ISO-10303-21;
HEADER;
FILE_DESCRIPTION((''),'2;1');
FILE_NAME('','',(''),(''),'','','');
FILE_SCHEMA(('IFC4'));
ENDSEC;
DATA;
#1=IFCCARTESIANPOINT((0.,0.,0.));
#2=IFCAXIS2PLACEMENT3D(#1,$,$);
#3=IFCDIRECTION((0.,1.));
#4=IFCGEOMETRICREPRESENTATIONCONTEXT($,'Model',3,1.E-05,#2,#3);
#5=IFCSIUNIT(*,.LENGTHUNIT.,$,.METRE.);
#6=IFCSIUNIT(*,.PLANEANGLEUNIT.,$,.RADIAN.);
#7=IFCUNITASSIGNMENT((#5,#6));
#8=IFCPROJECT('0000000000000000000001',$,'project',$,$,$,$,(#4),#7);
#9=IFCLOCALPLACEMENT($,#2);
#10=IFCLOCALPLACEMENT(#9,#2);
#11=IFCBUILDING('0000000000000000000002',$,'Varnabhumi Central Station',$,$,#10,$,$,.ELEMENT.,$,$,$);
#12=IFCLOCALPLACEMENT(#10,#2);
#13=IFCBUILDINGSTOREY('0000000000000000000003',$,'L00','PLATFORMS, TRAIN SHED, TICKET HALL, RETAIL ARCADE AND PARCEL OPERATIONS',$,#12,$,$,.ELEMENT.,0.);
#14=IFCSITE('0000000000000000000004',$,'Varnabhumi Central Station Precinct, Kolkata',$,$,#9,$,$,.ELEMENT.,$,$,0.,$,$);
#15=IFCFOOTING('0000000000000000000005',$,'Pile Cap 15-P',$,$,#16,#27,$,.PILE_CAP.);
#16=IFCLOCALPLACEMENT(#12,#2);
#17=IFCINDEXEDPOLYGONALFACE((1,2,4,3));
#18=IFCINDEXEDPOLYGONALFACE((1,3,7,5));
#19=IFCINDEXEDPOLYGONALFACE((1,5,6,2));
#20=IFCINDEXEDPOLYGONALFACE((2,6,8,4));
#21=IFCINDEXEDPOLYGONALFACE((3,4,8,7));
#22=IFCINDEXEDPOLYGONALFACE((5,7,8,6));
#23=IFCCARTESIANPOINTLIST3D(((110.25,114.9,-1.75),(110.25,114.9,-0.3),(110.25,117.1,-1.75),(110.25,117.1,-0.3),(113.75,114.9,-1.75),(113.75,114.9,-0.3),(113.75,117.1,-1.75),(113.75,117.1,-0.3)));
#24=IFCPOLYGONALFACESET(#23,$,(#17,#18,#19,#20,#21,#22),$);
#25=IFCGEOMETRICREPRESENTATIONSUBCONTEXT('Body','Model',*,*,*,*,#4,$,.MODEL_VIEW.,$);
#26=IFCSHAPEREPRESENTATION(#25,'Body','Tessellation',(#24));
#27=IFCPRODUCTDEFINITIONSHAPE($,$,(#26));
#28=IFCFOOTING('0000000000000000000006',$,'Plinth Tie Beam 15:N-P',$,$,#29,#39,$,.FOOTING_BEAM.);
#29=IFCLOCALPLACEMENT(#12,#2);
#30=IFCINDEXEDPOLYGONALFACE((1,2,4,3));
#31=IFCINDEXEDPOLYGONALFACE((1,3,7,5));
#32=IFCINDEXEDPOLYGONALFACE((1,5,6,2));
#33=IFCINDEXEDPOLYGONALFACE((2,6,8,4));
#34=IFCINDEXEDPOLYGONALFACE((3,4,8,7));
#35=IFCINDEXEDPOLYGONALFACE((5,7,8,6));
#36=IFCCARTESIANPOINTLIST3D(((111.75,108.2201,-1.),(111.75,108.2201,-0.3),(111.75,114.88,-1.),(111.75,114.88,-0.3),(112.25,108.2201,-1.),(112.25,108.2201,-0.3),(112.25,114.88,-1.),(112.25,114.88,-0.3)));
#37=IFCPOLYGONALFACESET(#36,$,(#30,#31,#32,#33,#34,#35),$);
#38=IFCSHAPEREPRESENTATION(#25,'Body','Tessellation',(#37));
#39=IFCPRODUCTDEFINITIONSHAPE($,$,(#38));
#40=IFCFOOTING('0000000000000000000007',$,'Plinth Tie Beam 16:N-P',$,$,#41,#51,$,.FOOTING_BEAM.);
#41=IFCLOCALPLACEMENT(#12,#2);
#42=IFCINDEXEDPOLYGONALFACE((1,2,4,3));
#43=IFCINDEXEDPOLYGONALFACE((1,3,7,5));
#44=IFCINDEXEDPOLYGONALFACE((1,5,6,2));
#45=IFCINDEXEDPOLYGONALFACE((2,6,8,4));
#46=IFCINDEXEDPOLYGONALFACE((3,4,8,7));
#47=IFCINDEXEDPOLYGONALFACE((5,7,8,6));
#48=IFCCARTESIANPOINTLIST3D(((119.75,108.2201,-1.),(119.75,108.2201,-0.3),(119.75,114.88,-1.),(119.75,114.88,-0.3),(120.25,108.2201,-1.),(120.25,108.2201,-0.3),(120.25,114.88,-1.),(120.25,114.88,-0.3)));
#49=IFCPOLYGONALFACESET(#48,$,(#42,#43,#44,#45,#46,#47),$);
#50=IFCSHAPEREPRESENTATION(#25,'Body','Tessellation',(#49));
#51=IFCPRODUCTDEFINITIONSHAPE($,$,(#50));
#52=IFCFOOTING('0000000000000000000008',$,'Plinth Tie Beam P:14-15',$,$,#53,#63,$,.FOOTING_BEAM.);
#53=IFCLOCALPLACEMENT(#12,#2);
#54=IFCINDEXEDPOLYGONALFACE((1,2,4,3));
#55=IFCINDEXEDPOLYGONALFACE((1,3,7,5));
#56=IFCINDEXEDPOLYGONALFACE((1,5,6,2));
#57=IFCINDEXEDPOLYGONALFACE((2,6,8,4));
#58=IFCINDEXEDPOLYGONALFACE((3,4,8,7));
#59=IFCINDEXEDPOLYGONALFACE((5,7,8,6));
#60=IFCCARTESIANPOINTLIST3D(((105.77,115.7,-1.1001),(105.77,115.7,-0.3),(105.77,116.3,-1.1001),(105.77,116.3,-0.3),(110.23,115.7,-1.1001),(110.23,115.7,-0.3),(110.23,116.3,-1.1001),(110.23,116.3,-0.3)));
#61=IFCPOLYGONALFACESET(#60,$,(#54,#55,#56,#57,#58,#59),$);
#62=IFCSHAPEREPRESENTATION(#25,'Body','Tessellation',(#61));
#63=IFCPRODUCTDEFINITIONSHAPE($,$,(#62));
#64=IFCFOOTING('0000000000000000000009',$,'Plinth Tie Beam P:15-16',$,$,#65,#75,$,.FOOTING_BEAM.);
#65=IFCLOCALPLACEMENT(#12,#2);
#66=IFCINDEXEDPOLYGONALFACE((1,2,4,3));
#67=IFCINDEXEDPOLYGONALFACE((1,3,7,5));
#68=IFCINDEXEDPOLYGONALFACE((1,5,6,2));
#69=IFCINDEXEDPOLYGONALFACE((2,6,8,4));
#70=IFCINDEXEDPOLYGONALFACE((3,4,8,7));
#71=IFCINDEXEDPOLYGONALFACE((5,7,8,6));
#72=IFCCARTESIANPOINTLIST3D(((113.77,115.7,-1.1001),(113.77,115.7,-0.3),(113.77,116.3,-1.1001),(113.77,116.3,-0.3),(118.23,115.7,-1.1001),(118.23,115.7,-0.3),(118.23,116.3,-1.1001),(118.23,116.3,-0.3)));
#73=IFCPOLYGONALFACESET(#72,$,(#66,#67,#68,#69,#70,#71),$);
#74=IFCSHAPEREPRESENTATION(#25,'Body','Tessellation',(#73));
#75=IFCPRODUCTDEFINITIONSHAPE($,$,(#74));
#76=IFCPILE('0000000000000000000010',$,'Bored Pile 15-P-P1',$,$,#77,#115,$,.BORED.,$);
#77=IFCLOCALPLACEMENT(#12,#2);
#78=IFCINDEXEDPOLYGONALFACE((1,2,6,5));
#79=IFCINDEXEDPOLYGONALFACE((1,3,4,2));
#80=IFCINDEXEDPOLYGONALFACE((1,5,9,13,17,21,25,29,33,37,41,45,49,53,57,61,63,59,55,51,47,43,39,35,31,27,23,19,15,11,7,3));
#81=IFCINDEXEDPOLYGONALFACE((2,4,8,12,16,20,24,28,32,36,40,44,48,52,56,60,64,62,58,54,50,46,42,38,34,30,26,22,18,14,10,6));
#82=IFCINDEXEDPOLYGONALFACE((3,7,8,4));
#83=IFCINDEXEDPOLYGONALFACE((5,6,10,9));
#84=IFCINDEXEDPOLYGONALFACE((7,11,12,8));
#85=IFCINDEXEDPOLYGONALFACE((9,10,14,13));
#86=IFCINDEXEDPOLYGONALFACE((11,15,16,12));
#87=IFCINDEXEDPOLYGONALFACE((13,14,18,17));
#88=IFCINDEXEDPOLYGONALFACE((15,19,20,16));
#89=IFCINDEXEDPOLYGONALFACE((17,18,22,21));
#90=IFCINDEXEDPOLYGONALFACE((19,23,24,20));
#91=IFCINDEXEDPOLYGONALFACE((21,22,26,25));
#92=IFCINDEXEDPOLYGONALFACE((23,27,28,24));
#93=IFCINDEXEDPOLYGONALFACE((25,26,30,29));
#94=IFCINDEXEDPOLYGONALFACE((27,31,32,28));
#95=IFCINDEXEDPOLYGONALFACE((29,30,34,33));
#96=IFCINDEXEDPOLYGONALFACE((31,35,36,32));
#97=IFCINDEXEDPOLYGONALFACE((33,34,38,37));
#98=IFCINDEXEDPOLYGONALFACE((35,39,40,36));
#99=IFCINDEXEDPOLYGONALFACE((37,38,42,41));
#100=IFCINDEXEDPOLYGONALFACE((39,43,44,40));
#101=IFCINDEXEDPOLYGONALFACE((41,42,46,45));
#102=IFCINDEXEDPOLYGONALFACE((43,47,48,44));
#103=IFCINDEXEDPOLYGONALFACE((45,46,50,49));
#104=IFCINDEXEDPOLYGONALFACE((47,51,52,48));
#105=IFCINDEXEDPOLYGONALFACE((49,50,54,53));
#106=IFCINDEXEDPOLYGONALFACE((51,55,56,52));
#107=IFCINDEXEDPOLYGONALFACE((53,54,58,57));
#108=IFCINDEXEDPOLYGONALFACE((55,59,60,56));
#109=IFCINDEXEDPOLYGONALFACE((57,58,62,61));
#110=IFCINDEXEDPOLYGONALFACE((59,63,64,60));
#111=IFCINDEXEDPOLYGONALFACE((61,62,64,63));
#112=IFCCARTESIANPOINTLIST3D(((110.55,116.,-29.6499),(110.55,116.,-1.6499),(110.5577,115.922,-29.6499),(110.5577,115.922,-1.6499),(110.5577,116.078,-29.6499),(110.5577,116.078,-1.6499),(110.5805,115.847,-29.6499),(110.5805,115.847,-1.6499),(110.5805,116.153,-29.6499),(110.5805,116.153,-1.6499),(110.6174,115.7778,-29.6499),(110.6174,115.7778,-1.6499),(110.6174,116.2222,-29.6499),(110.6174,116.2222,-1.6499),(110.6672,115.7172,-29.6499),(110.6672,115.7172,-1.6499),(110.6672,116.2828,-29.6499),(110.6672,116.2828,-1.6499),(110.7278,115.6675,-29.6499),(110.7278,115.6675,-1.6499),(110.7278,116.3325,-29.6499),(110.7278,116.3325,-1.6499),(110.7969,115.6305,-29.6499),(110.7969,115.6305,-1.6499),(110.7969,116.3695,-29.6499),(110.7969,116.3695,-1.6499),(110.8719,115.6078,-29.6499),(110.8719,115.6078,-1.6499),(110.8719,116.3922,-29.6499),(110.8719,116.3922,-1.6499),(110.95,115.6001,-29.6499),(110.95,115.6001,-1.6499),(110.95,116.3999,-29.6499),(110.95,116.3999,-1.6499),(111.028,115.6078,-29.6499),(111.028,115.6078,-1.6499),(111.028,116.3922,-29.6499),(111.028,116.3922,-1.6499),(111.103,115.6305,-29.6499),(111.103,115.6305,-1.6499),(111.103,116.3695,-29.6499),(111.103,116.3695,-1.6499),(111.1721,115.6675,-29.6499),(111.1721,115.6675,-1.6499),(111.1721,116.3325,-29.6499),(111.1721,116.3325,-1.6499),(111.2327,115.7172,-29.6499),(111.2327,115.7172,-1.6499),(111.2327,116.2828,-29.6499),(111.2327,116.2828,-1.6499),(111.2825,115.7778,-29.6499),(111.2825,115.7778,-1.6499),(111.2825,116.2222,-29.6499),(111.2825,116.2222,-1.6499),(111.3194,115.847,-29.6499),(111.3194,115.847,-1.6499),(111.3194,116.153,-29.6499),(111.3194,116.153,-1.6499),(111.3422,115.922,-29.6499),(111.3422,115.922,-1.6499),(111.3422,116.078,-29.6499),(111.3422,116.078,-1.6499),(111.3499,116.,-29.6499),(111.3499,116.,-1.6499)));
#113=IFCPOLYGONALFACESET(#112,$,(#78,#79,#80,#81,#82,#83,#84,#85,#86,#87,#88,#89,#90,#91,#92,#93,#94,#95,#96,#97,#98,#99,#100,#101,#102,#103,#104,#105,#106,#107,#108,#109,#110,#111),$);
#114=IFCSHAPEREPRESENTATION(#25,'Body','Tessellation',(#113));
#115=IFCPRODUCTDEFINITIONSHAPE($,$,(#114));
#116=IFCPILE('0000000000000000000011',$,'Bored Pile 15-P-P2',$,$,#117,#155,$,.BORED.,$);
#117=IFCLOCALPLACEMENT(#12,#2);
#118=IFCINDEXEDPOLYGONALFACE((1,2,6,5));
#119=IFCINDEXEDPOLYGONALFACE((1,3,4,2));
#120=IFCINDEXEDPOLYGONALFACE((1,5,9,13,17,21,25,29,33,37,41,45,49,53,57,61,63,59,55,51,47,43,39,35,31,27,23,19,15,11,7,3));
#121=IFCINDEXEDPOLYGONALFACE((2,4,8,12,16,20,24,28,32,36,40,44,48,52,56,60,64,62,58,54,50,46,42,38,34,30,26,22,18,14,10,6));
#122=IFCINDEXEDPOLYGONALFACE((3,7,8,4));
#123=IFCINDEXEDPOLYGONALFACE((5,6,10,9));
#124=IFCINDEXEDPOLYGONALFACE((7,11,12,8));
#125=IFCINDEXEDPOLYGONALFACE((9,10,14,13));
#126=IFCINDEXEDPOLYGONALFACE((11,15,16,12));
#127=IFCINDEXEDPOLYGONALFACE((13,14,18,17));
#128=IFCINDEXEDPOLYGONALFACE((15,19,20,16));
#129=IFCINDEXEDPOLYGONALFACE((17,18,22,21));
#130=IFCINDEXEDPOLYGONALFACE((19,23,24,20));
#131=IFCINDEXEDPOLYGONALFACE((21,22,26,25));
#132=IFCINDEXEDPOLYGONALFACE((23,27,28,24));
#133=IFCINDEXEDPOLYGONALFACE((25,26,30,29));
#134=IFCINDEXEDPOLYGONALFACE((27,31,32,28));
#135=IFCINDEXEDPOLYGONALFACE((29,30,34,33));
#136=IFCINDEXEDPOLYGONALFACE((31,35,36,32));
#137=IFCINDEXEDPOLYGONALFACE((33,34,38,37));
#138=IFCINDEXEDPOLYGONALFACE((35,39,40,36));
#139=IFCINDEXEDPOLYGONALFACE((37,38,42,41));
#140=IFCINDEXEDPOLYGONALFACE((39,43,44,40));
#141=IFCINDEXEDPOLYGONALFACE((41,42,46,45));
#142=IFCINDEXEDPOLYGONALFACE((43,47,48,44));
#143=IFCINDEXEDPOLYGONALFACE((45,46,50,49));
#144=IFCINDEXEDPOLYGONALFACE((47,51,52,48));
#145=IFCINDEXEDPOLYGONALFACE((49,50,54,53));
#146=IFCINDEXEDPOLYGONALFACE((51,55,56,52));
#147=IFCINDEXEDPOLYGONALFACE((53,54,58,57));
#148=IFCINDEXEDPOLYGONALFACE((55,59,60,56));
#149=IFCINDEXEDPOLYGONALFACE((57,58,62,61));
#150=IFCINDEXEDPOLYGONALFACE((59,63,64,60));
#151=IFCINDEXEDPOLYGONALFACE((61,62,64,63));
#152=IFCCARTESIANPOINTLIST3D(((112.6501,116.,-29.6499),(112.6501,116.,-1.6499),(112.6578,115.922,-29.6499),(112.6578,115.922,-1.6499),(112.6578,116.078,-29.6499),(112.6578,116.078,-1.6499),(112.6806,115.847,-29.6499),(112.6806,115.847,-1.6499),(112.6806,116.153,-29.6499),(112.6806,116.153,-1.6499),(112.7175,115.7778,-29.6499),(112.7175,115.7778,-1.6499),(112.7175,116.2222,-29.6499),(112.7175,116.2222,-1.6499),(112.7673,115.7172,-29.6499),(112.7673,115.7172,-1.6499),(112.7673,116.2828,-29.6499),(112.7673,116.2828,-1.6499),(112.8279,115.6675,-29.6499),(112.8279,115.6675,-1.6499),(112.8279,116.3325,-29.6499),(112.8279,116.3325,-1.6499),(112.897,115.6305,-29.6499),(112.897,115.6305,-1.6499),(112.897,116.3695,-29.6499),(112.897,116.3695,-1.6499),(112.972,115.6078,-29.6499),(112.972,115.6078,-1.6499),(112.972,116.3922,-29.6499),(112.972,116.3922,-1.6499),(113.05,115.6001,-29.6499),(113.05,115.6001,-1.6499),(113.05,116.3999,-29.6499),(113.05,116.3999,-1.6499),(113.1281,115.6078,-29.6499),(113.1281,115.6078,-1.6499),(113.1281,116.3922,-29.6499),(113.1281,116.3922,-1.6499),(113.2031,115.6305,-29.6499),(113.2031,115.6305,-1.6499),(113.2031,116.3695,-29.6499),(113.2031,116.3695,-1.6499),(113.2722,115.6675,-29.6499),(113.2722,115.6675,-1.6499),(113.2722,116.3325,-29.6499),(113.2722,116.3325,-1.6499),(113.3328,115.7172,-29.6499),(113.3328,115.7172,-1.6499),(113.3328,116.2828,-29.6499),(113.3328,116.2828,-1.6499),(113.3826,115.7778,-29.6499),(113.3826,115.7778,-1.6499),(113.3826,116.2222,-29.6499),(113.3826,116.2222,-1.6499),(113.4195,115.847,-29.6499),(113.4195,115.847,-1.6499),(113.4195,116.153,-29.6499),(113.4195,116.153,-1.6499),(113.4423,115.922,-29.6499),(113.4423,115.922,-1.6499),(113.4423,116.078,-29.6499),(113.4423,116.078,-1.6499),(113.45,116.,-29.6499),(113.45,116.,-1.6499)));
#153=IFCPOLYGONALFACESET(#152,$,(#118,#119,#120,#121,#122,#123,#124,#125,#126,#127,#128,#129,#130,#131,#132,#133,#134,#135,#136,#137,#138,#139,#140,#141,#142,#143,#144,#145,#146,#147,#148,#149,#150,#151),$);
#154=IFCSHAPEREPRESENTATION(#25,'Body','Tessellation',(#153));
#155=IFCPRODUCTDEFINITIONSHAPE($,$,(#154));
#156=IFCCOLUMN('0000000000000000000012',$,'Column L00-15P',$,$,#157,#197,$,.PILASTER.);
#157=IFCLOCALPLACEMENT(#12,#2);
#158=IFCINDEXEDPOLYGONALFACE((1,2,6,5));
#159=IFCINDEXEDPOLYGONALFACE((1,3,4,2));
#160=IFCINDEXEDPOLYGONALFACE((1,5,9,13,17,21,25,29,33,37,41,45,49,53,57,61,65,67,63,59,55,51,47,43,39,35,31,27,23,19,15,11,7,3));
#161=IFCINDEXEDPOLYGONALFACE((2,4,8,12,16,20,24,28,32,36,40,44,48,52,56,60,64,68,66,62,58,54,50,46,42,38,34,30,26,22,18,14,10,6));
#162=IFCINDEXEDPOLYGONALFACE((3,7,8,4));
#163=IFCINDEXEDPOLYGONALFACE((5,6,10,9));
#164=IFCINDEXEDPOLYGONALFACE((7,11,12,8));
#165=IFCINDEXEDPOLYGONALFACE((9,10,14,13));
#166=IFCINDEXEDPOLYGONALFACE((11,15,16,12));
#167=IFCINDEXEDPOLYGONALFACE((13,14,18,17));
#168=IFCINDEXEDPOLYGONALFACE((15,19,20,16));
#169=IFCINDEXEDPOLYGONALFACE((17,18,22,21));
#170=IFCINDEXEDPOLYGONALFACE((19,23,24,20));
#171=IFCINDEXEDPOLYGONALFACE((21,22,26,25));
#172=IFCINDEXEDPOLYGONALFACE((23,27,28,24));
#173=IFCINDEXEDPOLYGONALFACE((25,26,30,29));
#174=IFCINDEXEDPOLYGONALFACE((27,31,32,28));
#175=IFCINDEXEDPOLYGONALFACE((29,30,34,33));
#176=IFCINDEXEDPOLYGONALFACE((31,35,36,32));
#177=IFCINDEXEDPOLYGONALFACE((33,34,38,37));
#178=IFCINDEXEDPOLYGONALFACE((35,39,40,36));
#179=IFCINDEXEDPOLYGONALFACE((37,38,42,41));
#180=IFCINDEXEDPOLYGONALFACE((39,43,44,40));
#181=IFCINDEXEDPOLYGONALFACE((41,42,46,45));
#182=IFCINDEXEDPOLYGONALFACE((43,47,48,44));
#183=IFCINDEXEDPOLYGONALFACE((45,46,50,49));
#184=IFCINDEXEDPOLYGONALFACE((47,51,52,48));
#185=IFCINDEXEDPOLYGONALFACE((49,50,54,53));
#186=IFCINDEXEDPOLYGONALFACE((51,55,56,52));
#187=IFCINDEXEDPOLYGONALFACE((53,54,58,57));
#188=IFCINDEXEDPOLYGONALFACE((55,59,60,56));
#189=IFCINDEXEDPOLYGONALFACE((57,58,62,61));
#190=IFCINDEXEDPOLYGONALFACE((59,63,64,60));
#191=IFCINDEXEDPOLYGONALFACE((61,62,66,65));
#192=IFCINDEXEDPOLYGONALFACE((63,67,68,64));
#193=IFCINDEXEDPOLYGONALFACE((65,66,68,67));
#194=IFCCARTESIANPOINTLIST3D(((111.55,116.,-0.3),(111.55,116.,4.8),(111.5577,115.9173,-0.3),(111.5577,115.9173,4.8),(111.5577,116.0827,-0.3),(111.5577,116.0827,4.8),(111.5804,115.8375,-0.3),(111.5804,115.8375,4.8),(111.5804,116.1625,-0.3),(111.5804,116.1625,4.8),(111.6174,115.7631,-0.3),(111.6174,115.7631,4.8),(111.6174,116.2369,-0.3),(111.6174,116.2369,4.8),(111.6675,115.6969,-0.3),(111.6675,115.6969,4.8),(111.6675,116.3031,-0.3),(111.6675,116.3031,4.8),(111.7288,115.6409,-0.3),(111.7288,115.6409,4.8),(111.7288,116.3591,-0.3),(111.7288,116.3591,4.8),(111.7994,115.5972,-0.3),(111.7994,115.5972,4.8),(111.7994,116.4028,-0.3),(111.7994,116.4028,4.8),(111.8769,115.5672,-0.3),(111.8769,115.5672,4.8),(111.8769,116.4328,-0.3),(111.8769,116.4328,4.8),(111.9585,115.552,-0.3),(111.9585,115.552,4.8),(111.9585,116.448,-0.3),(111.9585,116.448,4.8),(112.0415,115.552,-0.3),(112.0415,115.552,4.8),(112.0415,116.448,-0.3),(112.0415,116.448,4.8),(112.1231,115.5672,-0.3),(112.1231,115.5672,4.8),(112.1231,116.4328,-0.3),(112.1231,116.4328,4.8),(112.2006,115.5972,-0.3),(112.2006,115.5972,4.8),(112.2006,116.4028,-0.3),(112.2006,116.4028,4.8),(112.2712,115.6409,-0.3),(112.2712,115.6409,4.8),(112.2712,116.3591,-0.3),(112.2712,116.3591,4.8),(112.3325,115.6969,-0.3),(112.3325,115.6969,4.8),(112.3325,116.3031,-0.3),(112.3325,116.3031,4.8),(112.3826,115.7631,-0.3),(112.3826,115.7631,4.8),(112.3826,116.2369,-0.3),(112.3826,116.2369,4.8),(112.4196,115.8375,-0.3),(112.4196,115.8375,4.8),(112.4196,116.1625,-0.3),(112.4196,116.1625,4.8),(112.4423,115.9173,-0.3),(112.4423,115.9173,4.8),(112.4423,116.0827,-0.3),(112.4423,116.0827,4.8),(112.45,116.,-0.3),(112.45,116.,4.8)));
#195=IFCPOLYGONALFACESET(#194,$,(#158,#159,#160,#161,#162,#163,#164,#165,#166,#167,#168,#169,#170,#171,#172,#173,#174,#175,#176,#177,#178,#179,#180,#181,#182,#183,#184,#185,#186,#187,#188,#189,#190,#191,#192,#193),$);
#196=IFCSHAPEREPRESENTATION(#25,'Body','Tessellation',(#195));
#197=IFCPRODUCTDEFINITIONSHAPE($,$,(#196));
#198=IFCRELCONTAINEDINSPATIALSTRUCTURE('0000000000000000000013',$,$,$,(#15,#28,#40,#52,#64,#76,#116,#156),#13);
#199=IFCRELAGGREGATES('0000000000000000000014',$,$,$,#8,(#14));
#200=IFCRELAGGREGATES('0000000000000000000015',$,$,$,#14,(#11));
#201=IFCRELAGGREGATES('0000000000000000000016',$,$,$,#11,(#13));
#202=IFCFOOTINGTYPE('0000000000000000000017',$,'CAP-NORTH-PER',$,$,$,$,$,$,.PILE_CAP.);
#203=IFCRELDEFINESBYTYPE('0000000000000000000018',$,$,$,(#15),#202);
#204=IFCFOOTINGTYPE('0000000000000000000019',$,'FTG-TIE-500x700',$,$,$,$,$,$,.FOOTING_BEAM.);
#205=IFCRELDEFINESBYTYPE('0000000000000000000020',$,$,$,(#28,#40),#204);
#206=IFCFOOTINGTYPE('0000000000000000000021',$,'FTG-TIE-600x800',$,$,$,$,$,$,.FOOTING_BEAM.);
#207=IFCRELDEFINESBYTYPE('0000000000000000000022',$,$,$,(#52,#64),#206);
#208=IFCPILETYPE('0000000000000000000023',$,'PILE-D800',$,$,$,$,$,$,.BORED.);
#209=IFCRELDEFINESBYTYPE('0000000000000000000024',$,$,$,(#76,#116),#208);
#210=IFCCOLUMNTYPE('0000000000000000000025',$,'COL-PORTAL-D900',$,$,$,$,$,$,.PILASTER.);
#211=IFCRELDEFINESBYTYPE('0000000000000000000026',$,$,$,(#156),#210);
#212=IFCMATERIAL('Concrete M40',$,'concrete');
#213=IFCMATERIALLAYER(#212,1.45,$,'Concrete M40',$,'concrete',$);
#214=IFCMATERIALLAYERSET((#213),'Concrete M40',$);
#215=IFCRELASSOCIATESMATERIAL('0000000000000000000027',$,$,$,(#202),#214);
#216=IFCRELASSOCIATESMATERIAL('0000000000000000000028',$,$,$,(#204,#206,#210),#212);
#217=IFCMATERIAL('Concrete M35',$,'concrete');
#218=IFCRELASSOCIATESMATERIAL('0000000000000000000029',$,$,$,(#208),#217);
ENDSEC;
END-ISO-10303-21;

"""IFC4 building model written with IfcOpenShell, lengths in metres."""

from ifc_helpers import new_model, si_unit, direction, frame, origin, origin_2d, place, context, subcontext, project, spatial, rectangle, circle, extrude, material, layer, layer_set, material_profile, profile_set, type_object, element, save


model = new_model("IFC4")

# Units and contexts
model_context = context("Model", 3, precision=1e-05, world=origin(), true_north=direction((0.0, 1.0)))
body_context = subcontext(model_context, "Body", "Model", "MODEL_VIEW")
ifc_project = project(units=[si_unit("LENGTHUNIT", "METRE"), si_unit("PLANEANGLEUNIT", "RADIAN")], contexts=[model_context])

# Site, building, storey
site_placement = place(None, origin())
site = spatial("IfcSite", under=ifc_project, at=site_placement, Name="Varnabhumi Central Station Precinct, Kolkata", CompositionType="ELEMENT", RefElevation=0.0)
building_placement = place(site_placement, origin())
building = spatial("IfcBuilding", under=site, at=building_placement, Name="Varnabhumi Central Station", CompositionType="ELEMENT")
storey_placement = place(building_placement, origin())
storey = spatial("IfcBuildingStorey", under=building, at=storey_placement, Name="L00", Description="PLATFORMS, TRAIN SHED, TICKET HALL, RETAIL ARCADE AND PARCEL OPERATIONS", CompositionType="ELEMENT", Elevation=0.0)

# Footings
ifc_material_1 = material(Name="Concrete M40", Category="concrete")
ifc_layer_1 = layer(ifc_material_1, 1.45, Name="Concrete M40", Category="concrete")
ifc_layer_set_1 = layer_set([ifc_layer_1], Name="Concrete M40")
footing_type_1 = type_object("IfcFootingType", Name="CAP-NORTH-PER", PredefinedType="PILE_CAP", material=ifc_layer_set_1)
footing_placement = place(storey_placement, frame((112.0, 116.0, -1.75), z_axis=(0.0, 0.0, 1.0), x_axis=(1.0, 0.0, 0.0)))
element("IfcFooting", 1, at=footing_placement, inside=storey, type_object=footing_type_1, Name="Pile Cap 15-P", PredefinedType="PILE_CAP", context=body_context, shape_type="SweptSolid", body=[
    extrude(rectangle(XDim=3.5, YDim=2.2, at=origin_2d()), origin(), (0.0, 0.0, 1.0), 1.45),
])
footing_type_2 = type_object("IfcFootingType", Name="FTG-TIE-500x700", PredefinedType="FOOTING_BEAM", material=ifc_material_1)
for number, where, z_axis, x_axis, name in (
    (2, (112.0, 111.55, -1.0), (0.0, 0.0, 1.0), (1.0, 0.0, 0.0), "Plinth Tie Beam 15:N-P"),
    (3, (120.0, 111.55, -1.0), (0.0, 0.0, 1.0), (1.0, 0.0, 0.0), "Plinth Tie Beam 16:N-P"),
):
    element("IfcFooting", number, at=place(storey_placement, frame(where, z_axis=z_axis, x_axis=x_axis)), inside=storey, type_object=footing_type_2, Name=name, PredefinedType="FOOTING_BEAM", context=body_context, shape_type="SweptSolid", body=[
        extrude(rectangle(XDim=0.5, YDim=6.6599, at=origin_2d()), origin(), (0.0, 0.0, 1.0), 0.7),
    ])
footing_type_3 = type_object("IfcFootingType", Name="FTG-TIE-600x800", PredefinedType="FOOTING_BEAM", material=ifc_material_1)
for number, where, z_axis, x_axis, name in (
    (4, (108.0, 116.0, -1.1001), (0.0, 0.0, 1.0), (1.0, 0.0, 0.0), "Plinth Tie Beam P:14-15"),
    (5, (116.0, 116.0, -1.1001), (0.0, 0.0, 1.0), (1.0, 0.0, 0.0), "Plinth Tie Beam P:15-16"),
):
    element("IfcFooting", number, at=place(storey_placement, frame(where, z_axis=z_axis, x_axis=x_axis)), inside=storey, type_object=footing_type_3, Name=name, PredefinedType="FOOTING_BEAM", context=body_context, shape_type="SweptSolid", body=[
        extrude(rectangle(XDim=4.46, YDim=0.6001, at=origin_2d()), origin(), (0.0, 0.0, 1.0), 0.8),
    ])

# Piles
ifc_material_2 = material(Name="Concrete M35", Category="concrete")
ifc_material_profile_1 = material_profile(ifc_material_2, circle(Radius=0.3999, at=origin_2d()), Name="Concrete M35", Category="concrete")
ifc_profile_set_1 = profile_set([ifc_material_profile_1], Name="Concrete M35")
pile_type = type_object("IfcPileType", Name="PILE-D800", PredefinedType="BORED", material=ifc_profile_set_1)
for number, where, z_axis, x_axis, name in (
    (6, (110.95, 116.0, -1.6499), (0.0, 0.0, -1.0), (1.0, 0.0, 0.0), "Bored Pile 15-P-P1"),
    (7, (113.05, 116.0, -1.6499), (0.0, 0.0, -1.0), (1.0, 0.0, 0.0), "Bored Pile 15-P-P2"),
):
    element("IfcPile", number, at=place(storey_placement, frame(where, z_axis=z_axis, x_axis=x_axis)), inside=storey, type_object=pile_type, Name=name, PredefinedType="BORED", context=body_context, shape_type="SweptSolid", body=[
        extrude(circle(Radius=0.3999, at=origin_2d()), origin(), (0.0, 0.0, 1.0), 28.0),
    ])

# Column
ifc_material_profile_2 = material_profile(ifc_material_1, circle(Radius=0.45, at=origin_2d()), Name="Concrete M40", Category="concrete")
ifc_profile_set_2 = profile_set([ifc_material_profile_2], Name="Concrete M40")
column_type = type_object("IfcColumnType", Name="COL-PORTAL-D900", PredefinedType="PILASTER", material=ifc_profile_set_2)
column_placement = place(storey_placement, frame((112.0, 116.0, -0.3), z_axis=(0.0, 0.0, 1.0), x_axis=(1.0, 0.0, 0.0)))
element("IfcColumn", 8, at=column_placement, inside=storey, type_object=column_type, Name="Column L00-15P", PredefinedType="PILASTER", context=body_context, shape_type="SweptSolid", body=[
    extrude(circle(Radius=0.45, at=origin_2d()), origin(), (0.0, 0.0, 1.0), 5.1001),
])

save(model, "model.ifc")
